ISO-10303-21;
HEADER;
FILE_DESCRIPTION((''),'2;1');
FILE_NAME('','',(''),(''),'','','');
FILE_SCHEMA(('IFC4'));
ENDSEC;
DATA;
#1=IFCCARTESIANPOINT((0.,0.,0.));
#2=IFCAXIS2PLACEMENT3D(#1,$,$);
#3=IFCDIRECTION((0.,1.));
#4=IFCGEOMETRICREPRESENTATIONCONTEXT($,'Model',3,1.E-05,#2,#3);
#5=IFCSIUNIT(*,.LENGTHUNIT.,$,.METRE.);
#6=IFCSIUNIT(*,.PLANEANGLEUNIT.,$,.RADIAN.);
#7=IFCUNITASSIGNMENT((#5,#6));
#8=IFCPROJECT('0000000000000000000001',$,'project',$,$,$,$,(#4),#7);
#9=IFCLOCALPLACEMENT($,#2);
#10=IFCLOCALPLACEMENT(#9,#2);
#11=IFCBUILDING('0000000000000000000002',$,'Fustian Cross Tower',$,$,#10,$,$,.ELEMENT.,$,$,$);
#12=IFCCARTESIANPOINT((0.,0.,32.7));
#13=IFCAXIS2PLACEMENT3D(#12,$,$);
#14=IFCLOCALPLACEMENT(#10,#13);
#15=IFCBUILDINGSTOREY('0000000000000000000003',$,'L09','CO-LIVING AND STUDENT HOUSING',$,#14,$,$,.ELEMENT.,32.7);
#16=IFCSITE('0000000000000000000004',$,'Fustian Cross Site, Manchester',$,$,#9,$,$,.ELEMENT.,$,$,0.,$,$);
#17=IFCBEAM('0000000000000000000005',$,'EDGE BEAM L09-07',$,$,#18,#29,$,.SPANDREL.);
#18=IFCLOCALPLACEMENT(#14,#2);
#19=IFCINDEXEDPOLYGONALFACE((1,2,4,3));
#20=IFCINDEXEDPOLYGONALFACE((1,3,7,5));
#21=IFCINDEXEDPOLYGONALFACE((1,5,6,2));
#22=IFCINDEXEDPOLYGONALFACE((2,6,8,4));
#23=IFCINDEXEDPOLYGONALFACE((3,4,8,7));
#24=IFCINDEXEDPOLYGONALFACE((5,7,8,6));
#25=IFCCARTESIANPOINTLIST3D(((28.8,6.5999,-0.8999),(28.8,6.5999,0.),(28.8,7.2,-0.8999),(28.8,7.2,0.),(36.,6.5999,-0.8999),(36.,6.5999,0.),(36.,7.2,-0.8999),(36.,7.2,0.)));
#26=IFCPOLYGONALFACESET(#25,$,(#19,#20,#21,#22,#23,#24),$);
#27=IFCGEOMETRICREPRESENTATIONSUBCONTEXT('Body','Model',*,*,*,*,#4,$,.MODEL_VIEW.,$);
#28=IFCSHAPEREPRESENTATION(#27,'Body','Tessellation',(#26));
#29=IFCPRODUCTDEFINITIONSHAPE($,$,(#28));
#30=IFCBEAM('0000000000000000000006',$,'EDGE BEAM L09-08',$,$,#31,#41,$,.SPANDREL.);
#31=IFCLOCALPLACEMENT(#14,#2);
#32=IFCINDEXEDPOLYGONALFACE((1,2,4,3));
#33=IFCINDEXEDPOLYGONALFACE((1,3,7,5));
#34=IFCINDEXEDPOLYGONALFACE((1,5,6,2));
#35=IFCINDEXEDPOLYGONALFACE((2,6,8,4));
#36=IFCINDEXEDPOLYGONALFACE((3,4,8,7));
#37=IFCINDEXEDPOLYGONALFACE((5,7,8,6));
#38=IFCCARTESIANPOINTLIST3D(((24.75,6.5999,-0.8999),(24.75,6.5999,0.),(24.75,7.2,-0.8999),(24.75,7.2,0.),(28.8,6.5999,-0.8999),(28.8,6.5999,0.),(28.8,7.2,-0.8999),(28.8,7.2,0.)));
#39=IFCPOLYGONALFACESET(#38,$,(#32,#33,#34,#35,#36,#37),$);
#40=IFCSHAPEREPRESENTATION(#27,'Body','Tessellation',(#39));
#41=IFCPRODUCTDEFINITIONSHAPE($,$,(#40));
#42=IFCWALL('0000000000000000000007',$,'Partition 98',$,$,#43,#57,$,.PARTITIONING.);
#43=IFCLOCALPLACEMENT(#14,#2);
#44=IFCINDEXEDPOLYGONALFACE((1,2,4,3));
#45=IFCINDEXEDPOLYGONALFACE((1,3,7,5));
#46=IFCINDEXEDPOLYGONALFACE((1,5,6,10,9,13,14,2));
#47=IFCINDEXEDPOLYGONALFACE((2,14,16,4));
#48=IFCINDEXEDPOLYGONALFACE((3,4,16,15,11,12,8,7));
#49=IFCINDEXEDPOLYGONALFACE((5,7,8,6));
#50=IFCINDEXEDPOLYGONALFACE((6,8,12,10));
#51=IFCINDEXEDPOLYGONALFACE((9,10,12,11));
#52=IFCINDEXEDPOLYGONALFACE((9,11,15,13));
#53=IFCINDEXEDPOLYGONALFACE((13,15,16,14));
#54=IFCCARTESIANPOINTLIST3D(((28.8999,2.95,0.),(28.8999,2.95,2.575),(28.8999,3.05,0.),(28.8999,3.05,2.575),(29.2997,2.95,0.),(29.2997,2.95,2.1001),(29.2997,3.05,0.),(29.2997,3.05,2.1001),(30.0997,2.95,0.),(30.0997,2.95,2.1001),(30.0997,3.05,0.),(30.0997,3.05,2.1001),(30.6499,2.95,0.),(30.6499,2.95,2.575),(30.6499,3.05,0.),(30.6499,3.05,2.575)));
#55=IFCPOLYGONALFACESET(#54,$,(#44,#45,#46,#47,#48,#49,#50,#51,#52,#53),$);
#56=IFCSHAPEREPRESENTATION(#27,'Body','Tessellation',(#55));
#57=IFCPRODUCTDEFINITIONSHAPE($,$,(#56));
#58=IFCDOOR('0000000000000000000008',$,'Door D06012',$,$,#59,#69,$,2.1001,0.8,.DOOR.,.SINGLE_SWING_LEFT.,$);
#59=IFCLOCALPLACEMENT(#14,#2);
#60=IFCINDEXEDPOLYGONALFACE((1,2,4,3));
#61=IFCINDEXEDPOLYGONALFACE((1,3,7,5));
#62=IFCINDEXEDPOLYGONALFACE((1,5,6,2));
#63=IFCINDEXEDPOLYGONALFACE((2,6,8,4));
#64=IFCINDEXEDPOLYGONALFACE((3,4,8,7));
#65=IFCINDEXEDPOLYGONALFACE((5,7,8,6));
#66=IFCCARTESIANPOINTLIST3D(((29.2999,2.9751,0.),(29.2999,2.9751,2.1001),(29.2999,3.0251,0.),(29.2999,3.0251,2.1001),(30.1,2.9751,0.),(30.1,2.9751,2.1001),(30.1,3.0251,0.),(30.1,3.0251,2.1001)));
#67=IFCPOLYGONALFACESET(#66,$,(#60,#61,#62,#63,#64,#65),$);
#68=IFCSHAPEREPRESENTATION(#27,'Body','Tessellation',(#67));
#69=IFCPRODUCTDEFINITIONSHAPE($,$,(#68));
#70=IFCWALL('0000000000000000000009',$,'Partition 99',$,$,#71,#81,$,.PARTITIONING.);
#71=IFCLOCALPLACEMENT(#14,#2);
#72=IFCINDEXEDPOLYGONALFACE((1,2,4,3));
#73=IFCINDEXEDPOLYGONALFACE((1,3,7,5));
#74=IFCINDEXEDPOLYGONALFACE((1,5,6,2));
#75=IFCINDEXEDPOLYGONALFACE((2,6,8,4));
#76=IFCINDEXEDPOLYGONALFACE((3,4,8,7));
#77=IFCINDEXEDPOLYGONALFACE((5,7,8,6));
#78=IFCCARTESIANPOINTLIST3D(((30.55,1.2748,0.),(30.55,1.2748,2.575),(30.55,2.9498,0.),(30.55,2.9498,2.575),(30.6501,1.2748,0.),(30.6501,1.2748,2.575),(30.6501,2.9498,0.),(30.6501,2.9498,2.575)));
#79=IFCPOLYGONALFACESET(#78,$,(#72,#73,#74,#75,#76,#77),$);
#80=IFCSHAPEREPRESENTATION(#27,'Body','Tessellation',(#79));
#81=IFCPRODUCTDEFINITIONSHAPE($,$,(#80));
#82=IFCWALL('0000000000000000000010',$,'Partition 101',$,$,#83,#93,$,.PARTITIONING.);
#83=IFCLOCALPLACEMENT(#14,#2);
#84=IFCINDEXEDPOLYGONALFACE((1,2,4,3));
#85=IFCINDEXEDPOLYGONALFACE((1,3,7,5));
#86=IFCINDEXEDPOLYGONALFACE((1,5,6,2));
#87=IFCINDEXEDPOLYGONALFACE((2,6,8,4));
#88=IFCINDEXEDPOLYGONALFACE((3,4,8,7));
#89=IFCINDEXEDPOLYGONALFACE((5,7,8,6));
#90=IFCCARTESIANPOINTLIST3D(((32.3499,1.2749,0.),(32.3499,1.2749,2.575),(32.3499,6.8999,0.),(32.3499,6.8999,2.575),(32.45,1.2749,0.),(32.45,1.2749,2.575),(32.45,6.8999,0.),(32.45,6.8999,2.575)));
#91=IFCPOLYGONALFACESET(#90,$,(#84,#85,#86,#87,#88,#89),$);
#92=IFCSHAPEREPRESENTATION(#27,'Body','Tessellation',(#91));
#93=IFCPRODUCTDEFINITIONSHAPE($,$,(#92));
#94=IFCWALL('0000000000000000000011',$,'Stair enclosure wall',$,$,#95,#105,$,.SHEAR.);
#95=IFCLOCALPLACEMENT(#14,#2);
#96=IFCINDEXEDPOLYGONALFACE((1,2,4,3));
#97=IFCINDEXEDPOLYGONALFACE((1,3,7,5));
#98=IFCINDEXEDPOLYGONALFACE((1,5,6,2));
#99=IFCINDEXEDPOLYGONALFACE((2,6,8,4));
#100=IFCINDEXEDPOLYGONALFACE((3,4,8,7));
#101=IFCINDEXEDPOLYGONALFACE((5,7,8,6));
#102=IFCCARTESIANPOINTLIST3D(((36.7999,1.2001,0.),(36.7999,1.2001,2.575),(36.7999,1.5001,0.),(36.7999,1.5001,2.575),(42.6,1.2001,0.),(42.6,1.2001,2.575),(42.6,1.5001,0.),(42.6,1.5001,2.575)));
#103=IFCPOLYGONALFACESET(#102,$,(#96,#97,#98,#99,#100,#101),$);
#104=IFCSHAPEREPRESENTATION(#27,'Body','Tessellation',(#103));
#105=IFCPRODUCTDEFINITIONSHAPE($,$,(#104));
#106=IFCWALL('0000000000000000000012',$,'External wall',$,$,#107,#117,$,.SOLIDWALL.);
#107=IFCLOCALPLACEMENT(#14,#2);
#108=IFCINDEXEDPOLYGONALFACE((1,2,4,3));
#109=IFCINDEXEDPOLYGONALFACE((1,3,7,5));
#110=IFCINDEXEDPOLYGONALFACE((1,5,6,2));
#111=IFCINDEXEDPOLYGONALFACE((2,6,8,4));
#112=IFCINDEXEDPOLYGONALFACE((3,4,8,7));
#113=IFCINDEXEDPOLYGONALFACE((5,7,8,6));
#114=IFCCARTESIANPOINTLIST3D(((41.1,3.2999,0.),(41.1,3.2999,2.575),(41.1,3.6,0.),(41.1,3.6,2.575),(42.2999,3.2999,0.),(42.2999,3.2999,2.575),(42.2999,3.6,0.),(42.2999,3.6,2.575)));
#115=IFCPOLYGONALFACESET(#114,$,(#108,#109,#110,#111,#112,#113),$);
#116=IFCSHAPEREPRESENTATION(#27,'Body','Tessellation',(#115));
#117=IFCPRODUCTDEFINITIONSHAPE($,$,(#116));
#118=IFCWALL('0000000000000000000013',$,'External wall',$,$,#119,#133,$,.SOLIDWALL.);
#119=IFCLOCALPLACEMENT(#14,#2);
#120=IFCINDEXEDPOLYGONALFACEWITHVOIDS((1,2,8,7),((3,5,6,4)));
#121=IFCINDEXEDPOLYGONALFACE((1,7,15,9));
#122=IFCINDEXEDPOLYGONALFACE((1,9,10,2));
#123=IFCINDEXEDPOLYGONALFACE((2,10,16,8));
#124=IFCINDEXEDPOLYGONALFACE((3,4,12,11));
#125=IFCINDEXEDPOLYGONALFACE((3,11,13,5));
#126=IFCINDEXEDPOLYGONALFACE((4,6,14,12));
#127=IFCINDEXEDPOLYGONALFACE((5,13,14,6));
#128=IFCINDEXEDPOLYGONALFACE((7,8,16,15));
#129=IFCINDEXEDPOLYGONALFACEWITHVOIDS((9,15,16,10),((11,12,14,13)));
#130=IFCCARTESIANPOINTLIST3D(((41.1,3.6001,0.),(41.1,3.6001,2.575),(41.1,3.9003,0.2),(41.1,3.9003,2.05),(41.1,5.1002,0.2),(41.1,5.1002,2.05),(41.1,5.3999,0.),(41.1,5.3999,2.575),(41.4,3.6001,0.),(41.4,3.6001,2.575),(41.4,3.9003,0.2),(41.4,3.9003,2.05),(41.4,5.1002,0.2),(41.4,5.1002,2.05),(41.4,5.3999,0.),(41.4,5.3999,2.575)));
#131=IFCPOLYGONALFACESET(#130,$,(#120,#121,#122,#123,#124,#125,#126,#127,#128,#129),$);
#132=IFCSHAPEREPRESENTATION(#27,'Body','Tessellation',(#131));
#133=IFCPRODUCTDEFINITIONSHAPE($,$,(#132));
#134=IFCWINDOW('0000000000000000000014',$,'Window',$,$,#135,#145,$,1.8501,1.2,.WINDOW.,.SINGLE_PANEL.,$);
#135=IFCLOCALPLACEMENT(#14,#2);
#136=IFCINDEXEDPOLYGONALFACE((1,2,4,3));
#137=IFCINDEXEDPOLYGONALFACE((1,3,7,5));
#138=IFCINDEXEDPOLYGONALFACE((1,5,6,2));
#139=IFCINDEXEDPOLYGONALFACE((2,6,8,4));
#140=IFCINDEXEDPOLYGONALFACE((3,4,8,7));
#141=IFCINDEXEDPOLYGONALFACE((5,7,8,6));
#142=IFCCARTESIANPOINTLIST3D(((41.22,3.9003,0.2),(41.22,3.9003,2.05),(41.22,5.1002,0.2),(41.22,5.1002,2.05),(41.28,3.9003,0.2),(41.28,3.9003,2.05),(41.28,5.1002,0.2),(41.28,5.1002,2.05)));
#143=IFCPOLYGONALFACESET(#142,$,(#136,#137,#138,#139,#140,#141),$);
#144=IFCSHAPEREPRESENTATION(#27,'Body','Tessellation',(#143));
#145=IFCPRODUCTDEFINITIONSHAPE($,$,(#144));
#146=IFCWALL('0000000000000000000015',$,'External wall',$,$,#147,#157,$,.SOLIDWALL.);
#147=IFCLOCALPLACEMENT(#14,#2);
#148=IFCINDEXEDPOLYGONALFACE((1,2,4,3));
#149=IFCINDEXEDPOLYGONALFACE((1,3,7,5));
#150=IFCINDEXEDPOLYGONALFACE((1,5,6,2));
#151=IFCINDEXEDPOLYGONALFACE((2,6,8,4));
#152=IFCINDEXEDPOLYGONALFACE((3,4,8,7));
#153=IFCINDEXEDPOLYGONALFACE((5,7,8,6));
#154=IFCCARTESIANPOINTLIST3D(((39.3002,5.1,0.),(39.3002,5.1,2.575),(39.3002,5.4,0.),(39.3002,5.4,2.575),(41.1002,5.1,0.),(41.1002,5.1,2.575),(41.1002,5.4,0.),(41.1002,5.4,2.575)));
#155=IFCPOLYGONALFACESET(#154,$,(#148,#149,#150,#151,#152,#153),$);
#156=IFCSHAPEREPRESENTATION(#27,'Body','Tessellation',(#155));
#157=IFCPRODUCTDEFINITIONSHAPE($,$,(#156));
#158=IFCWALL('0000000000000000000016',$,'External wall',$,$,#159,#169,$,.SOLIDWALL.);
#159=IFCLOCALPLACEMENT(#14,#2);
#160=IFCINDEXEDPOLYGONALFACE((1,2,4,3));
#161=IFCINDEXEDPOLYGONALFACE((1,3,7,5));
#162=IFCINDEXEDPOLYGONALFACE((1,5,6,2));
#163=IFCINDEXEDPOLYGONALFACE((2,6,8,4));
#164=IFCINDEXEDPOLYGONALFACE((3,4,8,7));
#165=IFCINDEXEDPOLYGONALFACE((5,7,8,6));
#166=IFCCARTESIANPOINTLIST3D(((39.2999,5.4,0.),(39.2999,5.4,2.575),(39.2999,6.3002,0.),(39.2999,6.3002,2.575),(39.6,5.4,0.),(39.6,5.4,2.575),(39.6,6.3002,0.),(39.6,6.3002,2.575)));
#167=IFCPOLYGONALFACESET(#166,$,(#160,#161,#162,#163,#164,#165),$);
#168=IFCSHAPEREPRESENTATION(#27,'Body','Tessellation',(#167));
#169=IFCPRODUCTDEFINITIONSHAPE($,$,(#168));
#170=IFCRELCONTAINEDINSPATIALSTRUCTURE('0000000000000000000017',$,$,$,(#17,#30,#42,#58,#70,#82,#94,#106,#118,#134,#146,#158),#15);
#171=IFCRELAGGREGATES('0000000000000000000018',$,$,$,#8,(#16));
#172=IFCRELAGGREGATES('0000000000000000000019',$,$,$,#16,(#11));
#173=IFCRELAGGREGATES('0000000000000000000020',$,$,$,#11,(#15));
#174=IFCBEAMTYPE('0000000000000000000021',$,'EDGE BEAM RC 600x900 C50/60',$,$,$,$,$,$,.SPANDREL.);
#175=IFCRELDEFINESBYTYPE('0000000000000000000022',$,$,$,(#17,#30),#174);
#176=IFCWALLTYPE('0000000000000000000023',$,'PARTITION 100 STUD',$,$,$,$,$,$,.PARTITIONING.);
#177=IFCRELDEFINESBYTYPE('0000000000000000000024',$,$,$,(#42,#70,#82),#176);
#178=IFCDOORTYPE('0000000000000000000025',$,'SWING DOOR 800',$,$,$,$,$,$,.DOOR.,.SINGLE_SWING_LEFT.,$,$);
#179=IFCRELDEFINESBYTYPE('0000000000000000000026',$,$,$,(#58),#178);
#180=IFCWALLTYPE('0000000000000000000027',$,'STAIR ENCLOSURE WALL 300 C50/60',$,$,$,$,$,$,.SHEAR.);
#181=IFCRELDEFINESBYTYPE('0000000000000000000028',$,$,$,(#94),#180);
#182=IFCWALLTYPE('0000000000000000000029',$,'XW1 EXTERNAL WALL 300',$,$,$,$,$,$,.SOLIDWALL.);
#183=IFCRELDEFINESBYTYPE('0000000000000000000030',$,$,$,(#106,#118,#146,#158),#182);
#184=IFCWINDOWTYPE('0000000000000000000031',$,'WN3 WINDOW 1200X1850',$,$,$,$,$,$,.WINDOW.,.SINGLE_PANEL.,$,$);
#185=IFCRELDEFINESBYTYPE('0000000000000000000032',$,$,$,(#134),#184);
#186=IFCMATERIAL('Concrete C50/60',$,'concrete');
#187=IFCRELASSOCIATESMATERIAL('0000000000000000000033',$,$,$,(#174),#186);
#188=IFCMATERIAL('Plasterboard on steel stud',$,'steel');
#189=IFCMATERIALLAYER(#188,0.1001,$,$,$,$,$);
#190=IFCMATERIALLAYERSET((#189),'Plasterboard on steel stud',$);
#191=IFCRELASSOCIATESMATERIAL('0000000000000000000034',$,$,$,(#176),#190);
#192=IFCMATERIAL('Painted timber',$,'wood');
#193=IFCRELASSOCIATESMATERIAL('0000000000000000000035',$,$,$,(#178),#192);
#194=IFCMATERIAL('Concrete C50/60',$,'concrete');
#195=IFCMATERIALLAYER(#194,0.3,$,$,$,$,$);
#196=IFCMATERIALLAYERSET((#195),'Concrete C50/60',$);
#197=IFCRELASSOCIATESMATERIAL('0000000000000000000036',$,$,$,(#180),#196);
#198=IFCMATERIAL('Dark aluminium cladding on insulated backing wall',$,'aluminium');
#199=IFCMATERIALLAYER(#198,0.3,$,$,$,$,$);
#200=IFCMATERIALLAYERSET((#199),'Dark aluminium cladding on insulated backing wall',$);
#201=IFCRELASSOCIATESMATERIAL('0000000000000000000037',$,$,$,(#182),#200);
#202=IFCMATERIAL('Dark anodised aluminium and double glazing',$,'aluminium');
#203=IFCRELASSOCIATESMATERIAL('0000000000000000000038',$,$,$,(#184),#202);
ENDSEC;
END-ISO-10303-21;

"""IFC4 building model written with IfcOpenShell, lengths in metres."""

from ifc_helpers import new_model, si_unit, direction, frame, frame_2d, origin, origin_2d, place, context, subcontext, project, spatial, rectangle, extrude, material, layer, layer_set, material_profile, profile_set, type_object, element, fill, save


model = new_model("IFC4")

# Units and contexts
model_context = context("Model", 3, precision=1e-05, world=origin(), true_north=direction((0.0, 1.0)))
body_context = subcontext(model_context, "Body", "Model", "MODEL_VIEW")
ifc_project = project(units=[si_unit("LENGTHUNIT", "METRE"), si_unit("PLANEANGLEUNIT", "RADIAN")], contexts=[model_context])

# Site, building, storey
site_placement = place(None, origin())
site = spatial("IfcSite", under=ifc_project, at=site_placement, Name="Fustian Cross Site, Manchester", CompositionType="ELEMENT", RefElevation=0.0)
building_placement = place(site_placement, origin())
building = spatial("IfcBuilding", under=site, at=building_placement, Name="Fustian Cross Tower", CompositionType="ELEMENT")
storey_placement = place(building_placement, frame((0.0, 0.0, 32.7)))
storey = spatial("IfcBuildingStorey", under=building, at=storey_placement, Name="L09", Description="CO-LIVING AND STUDENT HOUSING", CompositionType="ELEMENT", Elevation=32.7)

# Beams
ifc_material_1 = material(Name="Concrete C50/60", Category="concrete")
ifc_material_profile_1 = material_profile(ifc_material_1, rectangle(XDim=0.6001, YDim=0.8999, at=origin_2d()), Name="RC 600x900")
ifc_profile_set_1 = profile_set([ifc_material_profile_1], Name="Concrete C50/60")
beam_type = type_object("IfcBeamType", Name="EDGE BEAM RC 600x900 C50/60", PredefinedType="SPANDREL", material=ifc_profile_set_1)
beam_1_placement = place(storey_placement, frame((36.0, 6.8999, -0.45), z_axis=(-1.0, 0.0, 0.0), x_axis=(0.0, -1.0, 0.0)))
element("IfcBeam", 1, at=beam_1_placement, inside=storey, type_object=beam_type, Name="EDGE BEAM L09-07", PredefinedType="SPANDREL", context=body_context, shape_type="SweptSolid", body=[
    extrude(rectangle(XDim=0.6001, YDim=0.8999, at=origin_2d()), origin(), (0.0, 0.0, 1.0), 7.2),
])
beam_2_placement = place(storey_placement, frame((28.8, 6.8999, -0.45), z_axis=(-1.0, 0.0, 0.0), x_axis=(0.0, -1.0, 0.0)))
element("IfcBeam", 2, at=beam_2_placement, inside=storey, type_object=beam_type, Name="EDGE BEAM L09-08", PredefinedType="SPANDREL", context=body_context, shape_type="SweptSolid", body=[
    extrude(rectangle(XDim=0.6001, YDim=0.8999, at=origin_2d()), origin(), (0.0, 0.0, 1.0), 4.05),
])

# Wall, opening, door
ifc_material_2 = material(Name="Plasterboard on steel stud", Category="steel")
ifc_layer_1 = layer(ifc_material_2, 0.1001)
ifc_layer_set_1 = layer_set([ifc_layer_1], Name="Plasterboard on steel stud")
wall_type_1 = type_object("IfcWallType", Name="PARTITION 100 STUD", PredefinedType="PARTITIONING", material=ifc_layer_set_1)
wall_1_placement = place(storey_placement, frame((28.8999, 3.0, 0.0), z_axis=(0.0, 0.0, 1.0), x_axis=(1.0, 0.0, 0.0)))
wall_1 = element("IfcWall", 3, at=wall_1_placement, inside=storey, type_object=wall_type_1, Name="Partition 98", PredefinedType="PARTITIONING", context=body_context, shape_type="SweptSolid", body=[
    extrude(rectangle(XDim=1.75, YDim=0.1001, at=frame_2d((0.875, 0.0))), origin(), (0.0, 0.0, 1.0), 2.575),
])
opening_1_placement = place(wall_1_placement, frame((0.3999, 0.0, 0.0)))
opening_1 = element("IfcOpeningElement", 4, at=opening_1_placement, cuts=wall_1, PredefinedType="OPENING", context=body_context, shape_type="SweptSolid", body=[
    extrude(rectangle(XDim=0.8, YDim=2.1001, at=frame_2d((0.3999, 1.05))), frame((0.0, 0.0601, 0.0), z_axis=(0.0, -1.0, 0.0), x_axis=(1.0, 0.0, 0.0)), (0.0, 0.0, 1.0), 0.1201),
])
ifc_material_3 = material(Name="Painted timber", Category="wood")
door_type = type_object("IfcDoorType", Name="SWING DOOR 800", OperationType="SINGLE_SWING_LEFT", PredefinedType="DOOR", material=ifc_material_3)
door_placement = place(opening_1_placement, frame((0.8, 0.0, 0.0), z_axis=(0.0, 0.0, 1.0), x_axis=(-1.0, 0.0, 0.0)))
door = element("IfcDoor", 5, at=door_placement, inside=storey, type_object=door_type, Name="Door D06012", OperationType="SINGLE_SWING_LEFT", OverallHeight=2.1001, OverallWidth=0.8, PredefinedType="DOOR", context=body_context, shape_type="SweptSolid", body=[
    extrude(rectangle(XDim=0.8, YDim=2.1001, at=frame_2d((0.3999, 1.05))), frame((0.0, 0.0249, 0.0), z_axis=(0.0, -1.0, 0.0), x_axis=(1.0, 0.0, 0.0)), (0.0, 0.0, 1.0), 0.05),
])
fill(opening_1, door)

# Walls
wall_2_placement = place(storey_placement, frame((30.6001, 1.2749, 0.0), z_axis=(0.0, 0.0, 1.0), x_axis=(0.0, 1.0, 0.0)))
element("IfcWall", 6, at=wall_2_placement, inside=storey, type_object=wall_type_1, Name="Partition 99", PredefinedType="PARTITIONING", context=body_context, shape_type="SweptSolid", body=[
    extrude(rectangle(XDim=1.675, YDim=0.1001, at=frame_2d((0.8374, 0.0))), origin(), (0.0, 0.0, 1.0), 2.575),
])
wall_3_placement = place(storey_placement, frame((32.3999, 1.2749, 0.0), z_axis=(0.0, 0.0, 1.0), x_axis=(0.0, 1.0, 0.0)))
element("IfcWall", 7, at=wall_3_placement, inside=storey, type_object=wall_type_1, Name="Partition 101", PredefinedType="PARTITIONING", context=body_context, shape_type="SweptSolid", body=[
    extrude(rectangle(XDim=5.625, YDim=0.1001, at=frame_2d((2.8125, 0.0))), origin(), (0.0, 0.0, 1.0), 2.575),
])
ifc_material_4 = material(Name="Concrete C50/60", Category="concrete")
ifc_layer_2 = layer(ifc_material_4, 0.3)
ifc_layer_set_2 = layer_set([ifc_layer_2], Name="Concrete C50/60")
wall_type_2 = type_object("IfcWallType", Name="STAIR ENCLOSURE WALL 300 C50/60", PredefinedType="SHEAR", material=ifc_layer_set_2)
wall_4_placement = place(storey_placement, frame((36.8, 1.3501, 0.0), z_axis=(0.0, 0.0, 1.0), x_axis=(1.0, 0.0, 0.0)))
element("IfcWall", 8, at=wall_4_placement, inside=storey, type_object=wall_type_2, Name="Stair enclosure wall", PredefinedType="SHEAR", context=body_context, shape_type="SweptSolid", body=[
    extrude(rectangle(XDim=5.8, YDim=0.3, at=frame_2d((2.8999, 0.0))), origin(), (0.0, 0.0, 1.0), 2.575),
])
ifc_material_5 = material(Name="Dark aluminium cladding on insulated backing wall", Category="aluminium")
ifc_layer_3 = layer(ifc_material_5, 0.3)
ifc_layer_set_3 = layer_set([ifc_layer_3], Name="Dark aluminium cladding on insulated backing wall")
wall_type_3 = type_object("IfcWallType", Name="XW1 EXTERNAL WALL 300", PredefinedType="SOLIDWALL", material=ifc_layer_set_3)
wall_5_placement = place(storey_placement, frame((42.3, 3.45, 0.0), z_axis=(0.0, 0.0, 1.0), x_axis=(-1.0, 0.0, 0.0)))
element("IfcWall", 9, at=wall_5_placement, inside=storey, type_object=wall_type_3, Name="External wall", PredefinedType="SOLIDWALL", context=body_context, shape_type="SweptSolid", body=[
    extrude(rectangle(XDim=1.2, YDim=0.3, at=frame_2d((0.6001, 0.0))), origin(), (0.0, 0.0, 1.0), 2.575),
])

# Wall, opening, window
wall_6_placement = place(storey_placement, frame((41.25, 3.6001, 0.0), z_axis=(0.0, 0.0, 1.0), x_axis=(0.0, 1.0, 0.0)))
wall_6 = element("IfcWall", 10, at=wall_6_placement, inside=storey, type_object=wall_type_3, Name="External wall", PredefinedType="SOLIDWALL", context=body_context, shape_type="SweptSolid", body=[
    extrude(rectangle(XDim=1.7998, YDim=0.3, at=frame_2d((0.8999, 0.0))), origin(), (0.0, 0.0, 1.0), 2.575),
])
opening_2_placement = place(wall_6_placement, frame((0.3, 0.0, 0.2)))
opening_2 = element("IfcOpeningElement", 11, at=opening_2_placement, cuts=wall_6, PredefinedType="OPENING", context=body_context, shape_type="SweptSolid", body=[
    extrude(rectangle(XDim=1.2, YDim=1.8501, at=frame_2d((0.6001, 0.925))), frame((0.0, 0.1599, 0.0), z_axis=(0.0, -1.0, 0.0), x_axis=(1.0, 0.0, 0.0)), (0.0, 0.0, 1.0), 0.3201),
])
ifc_material_6 = material(Name="Dark anodised aluminium and double glazing", Category="aluminium")
window_type = type_object("IfcWindowType", Name="WN3 WINDOW 1200X1850", PartitioningType="SINGLE_PANEL", PredefinedType="WINDOW", material=ifc_material_6)
window_placement = place(opening_2_placement, origin())
window = element("IfcWindow", 12, at=window_placement, inside=storey, type_object=window_type, Name="Window", OverallHeight=1.8501, OverallWidth=1.2, PartitioningType="SINGLE_PANEL", PredefinedType="WINDOW", context=body_context, shape_type="SweptSolid", body=[
    extrude(rectangle(XDim=1.2, YDim=1.8501, at=frame_2d((0.6001, 0.925))), frame((0.0, 0.03, 0.0), z_axis=(0.0, -1.0, 0.0), x_axis=(1.0, 0.0, 0.0)), (0.0, 0.0, 1.0), 0.0601),
])
fill(opening_2, window)

# Walls
wall_7_placement = place(storey_placement, frame((41.1001, 5.25, 0.0), z_axis=(0.0, 0.0, 1.0), x_axis=(-1.0, 0.0, 0.0)))
element("IfcWall", 13, at=wall_7_placement, inside=storey, type_object=wall_type_3, Name="External wall", PredefinedType="SOLIDWALL", context=body_context, shape_type="SweptSolid", body=[
    extrude(rectangle(XDim=1.8, YDim=0.3, at=frame_2d((0.8999, 0.0))), origin(), (0.0, 0.0, 1.0), 2.575),
])
wall_8_placement = place(storey_placement, frame((39.45, 5.3999, 0.0), z_axis=(0.0, 0.0, 1.0), x_axis=(0.0, 1.0, 0.0)))
element("IfcWall", 14, at=wall_8_placement, inside=storey, type_object=wall_type_3, Name="External wall", PredefinedType="SOLIDWALL", context=body_context, shape_type="SweptSolid", body=[
    extrude(rectangle(XDim=0.9001, YDim=0.3, at=frame_2d((0.4502, 0.0))), origin(), (0.0, 0.0, 1.0), 2.575),
])

save(model, "model.ifc")
